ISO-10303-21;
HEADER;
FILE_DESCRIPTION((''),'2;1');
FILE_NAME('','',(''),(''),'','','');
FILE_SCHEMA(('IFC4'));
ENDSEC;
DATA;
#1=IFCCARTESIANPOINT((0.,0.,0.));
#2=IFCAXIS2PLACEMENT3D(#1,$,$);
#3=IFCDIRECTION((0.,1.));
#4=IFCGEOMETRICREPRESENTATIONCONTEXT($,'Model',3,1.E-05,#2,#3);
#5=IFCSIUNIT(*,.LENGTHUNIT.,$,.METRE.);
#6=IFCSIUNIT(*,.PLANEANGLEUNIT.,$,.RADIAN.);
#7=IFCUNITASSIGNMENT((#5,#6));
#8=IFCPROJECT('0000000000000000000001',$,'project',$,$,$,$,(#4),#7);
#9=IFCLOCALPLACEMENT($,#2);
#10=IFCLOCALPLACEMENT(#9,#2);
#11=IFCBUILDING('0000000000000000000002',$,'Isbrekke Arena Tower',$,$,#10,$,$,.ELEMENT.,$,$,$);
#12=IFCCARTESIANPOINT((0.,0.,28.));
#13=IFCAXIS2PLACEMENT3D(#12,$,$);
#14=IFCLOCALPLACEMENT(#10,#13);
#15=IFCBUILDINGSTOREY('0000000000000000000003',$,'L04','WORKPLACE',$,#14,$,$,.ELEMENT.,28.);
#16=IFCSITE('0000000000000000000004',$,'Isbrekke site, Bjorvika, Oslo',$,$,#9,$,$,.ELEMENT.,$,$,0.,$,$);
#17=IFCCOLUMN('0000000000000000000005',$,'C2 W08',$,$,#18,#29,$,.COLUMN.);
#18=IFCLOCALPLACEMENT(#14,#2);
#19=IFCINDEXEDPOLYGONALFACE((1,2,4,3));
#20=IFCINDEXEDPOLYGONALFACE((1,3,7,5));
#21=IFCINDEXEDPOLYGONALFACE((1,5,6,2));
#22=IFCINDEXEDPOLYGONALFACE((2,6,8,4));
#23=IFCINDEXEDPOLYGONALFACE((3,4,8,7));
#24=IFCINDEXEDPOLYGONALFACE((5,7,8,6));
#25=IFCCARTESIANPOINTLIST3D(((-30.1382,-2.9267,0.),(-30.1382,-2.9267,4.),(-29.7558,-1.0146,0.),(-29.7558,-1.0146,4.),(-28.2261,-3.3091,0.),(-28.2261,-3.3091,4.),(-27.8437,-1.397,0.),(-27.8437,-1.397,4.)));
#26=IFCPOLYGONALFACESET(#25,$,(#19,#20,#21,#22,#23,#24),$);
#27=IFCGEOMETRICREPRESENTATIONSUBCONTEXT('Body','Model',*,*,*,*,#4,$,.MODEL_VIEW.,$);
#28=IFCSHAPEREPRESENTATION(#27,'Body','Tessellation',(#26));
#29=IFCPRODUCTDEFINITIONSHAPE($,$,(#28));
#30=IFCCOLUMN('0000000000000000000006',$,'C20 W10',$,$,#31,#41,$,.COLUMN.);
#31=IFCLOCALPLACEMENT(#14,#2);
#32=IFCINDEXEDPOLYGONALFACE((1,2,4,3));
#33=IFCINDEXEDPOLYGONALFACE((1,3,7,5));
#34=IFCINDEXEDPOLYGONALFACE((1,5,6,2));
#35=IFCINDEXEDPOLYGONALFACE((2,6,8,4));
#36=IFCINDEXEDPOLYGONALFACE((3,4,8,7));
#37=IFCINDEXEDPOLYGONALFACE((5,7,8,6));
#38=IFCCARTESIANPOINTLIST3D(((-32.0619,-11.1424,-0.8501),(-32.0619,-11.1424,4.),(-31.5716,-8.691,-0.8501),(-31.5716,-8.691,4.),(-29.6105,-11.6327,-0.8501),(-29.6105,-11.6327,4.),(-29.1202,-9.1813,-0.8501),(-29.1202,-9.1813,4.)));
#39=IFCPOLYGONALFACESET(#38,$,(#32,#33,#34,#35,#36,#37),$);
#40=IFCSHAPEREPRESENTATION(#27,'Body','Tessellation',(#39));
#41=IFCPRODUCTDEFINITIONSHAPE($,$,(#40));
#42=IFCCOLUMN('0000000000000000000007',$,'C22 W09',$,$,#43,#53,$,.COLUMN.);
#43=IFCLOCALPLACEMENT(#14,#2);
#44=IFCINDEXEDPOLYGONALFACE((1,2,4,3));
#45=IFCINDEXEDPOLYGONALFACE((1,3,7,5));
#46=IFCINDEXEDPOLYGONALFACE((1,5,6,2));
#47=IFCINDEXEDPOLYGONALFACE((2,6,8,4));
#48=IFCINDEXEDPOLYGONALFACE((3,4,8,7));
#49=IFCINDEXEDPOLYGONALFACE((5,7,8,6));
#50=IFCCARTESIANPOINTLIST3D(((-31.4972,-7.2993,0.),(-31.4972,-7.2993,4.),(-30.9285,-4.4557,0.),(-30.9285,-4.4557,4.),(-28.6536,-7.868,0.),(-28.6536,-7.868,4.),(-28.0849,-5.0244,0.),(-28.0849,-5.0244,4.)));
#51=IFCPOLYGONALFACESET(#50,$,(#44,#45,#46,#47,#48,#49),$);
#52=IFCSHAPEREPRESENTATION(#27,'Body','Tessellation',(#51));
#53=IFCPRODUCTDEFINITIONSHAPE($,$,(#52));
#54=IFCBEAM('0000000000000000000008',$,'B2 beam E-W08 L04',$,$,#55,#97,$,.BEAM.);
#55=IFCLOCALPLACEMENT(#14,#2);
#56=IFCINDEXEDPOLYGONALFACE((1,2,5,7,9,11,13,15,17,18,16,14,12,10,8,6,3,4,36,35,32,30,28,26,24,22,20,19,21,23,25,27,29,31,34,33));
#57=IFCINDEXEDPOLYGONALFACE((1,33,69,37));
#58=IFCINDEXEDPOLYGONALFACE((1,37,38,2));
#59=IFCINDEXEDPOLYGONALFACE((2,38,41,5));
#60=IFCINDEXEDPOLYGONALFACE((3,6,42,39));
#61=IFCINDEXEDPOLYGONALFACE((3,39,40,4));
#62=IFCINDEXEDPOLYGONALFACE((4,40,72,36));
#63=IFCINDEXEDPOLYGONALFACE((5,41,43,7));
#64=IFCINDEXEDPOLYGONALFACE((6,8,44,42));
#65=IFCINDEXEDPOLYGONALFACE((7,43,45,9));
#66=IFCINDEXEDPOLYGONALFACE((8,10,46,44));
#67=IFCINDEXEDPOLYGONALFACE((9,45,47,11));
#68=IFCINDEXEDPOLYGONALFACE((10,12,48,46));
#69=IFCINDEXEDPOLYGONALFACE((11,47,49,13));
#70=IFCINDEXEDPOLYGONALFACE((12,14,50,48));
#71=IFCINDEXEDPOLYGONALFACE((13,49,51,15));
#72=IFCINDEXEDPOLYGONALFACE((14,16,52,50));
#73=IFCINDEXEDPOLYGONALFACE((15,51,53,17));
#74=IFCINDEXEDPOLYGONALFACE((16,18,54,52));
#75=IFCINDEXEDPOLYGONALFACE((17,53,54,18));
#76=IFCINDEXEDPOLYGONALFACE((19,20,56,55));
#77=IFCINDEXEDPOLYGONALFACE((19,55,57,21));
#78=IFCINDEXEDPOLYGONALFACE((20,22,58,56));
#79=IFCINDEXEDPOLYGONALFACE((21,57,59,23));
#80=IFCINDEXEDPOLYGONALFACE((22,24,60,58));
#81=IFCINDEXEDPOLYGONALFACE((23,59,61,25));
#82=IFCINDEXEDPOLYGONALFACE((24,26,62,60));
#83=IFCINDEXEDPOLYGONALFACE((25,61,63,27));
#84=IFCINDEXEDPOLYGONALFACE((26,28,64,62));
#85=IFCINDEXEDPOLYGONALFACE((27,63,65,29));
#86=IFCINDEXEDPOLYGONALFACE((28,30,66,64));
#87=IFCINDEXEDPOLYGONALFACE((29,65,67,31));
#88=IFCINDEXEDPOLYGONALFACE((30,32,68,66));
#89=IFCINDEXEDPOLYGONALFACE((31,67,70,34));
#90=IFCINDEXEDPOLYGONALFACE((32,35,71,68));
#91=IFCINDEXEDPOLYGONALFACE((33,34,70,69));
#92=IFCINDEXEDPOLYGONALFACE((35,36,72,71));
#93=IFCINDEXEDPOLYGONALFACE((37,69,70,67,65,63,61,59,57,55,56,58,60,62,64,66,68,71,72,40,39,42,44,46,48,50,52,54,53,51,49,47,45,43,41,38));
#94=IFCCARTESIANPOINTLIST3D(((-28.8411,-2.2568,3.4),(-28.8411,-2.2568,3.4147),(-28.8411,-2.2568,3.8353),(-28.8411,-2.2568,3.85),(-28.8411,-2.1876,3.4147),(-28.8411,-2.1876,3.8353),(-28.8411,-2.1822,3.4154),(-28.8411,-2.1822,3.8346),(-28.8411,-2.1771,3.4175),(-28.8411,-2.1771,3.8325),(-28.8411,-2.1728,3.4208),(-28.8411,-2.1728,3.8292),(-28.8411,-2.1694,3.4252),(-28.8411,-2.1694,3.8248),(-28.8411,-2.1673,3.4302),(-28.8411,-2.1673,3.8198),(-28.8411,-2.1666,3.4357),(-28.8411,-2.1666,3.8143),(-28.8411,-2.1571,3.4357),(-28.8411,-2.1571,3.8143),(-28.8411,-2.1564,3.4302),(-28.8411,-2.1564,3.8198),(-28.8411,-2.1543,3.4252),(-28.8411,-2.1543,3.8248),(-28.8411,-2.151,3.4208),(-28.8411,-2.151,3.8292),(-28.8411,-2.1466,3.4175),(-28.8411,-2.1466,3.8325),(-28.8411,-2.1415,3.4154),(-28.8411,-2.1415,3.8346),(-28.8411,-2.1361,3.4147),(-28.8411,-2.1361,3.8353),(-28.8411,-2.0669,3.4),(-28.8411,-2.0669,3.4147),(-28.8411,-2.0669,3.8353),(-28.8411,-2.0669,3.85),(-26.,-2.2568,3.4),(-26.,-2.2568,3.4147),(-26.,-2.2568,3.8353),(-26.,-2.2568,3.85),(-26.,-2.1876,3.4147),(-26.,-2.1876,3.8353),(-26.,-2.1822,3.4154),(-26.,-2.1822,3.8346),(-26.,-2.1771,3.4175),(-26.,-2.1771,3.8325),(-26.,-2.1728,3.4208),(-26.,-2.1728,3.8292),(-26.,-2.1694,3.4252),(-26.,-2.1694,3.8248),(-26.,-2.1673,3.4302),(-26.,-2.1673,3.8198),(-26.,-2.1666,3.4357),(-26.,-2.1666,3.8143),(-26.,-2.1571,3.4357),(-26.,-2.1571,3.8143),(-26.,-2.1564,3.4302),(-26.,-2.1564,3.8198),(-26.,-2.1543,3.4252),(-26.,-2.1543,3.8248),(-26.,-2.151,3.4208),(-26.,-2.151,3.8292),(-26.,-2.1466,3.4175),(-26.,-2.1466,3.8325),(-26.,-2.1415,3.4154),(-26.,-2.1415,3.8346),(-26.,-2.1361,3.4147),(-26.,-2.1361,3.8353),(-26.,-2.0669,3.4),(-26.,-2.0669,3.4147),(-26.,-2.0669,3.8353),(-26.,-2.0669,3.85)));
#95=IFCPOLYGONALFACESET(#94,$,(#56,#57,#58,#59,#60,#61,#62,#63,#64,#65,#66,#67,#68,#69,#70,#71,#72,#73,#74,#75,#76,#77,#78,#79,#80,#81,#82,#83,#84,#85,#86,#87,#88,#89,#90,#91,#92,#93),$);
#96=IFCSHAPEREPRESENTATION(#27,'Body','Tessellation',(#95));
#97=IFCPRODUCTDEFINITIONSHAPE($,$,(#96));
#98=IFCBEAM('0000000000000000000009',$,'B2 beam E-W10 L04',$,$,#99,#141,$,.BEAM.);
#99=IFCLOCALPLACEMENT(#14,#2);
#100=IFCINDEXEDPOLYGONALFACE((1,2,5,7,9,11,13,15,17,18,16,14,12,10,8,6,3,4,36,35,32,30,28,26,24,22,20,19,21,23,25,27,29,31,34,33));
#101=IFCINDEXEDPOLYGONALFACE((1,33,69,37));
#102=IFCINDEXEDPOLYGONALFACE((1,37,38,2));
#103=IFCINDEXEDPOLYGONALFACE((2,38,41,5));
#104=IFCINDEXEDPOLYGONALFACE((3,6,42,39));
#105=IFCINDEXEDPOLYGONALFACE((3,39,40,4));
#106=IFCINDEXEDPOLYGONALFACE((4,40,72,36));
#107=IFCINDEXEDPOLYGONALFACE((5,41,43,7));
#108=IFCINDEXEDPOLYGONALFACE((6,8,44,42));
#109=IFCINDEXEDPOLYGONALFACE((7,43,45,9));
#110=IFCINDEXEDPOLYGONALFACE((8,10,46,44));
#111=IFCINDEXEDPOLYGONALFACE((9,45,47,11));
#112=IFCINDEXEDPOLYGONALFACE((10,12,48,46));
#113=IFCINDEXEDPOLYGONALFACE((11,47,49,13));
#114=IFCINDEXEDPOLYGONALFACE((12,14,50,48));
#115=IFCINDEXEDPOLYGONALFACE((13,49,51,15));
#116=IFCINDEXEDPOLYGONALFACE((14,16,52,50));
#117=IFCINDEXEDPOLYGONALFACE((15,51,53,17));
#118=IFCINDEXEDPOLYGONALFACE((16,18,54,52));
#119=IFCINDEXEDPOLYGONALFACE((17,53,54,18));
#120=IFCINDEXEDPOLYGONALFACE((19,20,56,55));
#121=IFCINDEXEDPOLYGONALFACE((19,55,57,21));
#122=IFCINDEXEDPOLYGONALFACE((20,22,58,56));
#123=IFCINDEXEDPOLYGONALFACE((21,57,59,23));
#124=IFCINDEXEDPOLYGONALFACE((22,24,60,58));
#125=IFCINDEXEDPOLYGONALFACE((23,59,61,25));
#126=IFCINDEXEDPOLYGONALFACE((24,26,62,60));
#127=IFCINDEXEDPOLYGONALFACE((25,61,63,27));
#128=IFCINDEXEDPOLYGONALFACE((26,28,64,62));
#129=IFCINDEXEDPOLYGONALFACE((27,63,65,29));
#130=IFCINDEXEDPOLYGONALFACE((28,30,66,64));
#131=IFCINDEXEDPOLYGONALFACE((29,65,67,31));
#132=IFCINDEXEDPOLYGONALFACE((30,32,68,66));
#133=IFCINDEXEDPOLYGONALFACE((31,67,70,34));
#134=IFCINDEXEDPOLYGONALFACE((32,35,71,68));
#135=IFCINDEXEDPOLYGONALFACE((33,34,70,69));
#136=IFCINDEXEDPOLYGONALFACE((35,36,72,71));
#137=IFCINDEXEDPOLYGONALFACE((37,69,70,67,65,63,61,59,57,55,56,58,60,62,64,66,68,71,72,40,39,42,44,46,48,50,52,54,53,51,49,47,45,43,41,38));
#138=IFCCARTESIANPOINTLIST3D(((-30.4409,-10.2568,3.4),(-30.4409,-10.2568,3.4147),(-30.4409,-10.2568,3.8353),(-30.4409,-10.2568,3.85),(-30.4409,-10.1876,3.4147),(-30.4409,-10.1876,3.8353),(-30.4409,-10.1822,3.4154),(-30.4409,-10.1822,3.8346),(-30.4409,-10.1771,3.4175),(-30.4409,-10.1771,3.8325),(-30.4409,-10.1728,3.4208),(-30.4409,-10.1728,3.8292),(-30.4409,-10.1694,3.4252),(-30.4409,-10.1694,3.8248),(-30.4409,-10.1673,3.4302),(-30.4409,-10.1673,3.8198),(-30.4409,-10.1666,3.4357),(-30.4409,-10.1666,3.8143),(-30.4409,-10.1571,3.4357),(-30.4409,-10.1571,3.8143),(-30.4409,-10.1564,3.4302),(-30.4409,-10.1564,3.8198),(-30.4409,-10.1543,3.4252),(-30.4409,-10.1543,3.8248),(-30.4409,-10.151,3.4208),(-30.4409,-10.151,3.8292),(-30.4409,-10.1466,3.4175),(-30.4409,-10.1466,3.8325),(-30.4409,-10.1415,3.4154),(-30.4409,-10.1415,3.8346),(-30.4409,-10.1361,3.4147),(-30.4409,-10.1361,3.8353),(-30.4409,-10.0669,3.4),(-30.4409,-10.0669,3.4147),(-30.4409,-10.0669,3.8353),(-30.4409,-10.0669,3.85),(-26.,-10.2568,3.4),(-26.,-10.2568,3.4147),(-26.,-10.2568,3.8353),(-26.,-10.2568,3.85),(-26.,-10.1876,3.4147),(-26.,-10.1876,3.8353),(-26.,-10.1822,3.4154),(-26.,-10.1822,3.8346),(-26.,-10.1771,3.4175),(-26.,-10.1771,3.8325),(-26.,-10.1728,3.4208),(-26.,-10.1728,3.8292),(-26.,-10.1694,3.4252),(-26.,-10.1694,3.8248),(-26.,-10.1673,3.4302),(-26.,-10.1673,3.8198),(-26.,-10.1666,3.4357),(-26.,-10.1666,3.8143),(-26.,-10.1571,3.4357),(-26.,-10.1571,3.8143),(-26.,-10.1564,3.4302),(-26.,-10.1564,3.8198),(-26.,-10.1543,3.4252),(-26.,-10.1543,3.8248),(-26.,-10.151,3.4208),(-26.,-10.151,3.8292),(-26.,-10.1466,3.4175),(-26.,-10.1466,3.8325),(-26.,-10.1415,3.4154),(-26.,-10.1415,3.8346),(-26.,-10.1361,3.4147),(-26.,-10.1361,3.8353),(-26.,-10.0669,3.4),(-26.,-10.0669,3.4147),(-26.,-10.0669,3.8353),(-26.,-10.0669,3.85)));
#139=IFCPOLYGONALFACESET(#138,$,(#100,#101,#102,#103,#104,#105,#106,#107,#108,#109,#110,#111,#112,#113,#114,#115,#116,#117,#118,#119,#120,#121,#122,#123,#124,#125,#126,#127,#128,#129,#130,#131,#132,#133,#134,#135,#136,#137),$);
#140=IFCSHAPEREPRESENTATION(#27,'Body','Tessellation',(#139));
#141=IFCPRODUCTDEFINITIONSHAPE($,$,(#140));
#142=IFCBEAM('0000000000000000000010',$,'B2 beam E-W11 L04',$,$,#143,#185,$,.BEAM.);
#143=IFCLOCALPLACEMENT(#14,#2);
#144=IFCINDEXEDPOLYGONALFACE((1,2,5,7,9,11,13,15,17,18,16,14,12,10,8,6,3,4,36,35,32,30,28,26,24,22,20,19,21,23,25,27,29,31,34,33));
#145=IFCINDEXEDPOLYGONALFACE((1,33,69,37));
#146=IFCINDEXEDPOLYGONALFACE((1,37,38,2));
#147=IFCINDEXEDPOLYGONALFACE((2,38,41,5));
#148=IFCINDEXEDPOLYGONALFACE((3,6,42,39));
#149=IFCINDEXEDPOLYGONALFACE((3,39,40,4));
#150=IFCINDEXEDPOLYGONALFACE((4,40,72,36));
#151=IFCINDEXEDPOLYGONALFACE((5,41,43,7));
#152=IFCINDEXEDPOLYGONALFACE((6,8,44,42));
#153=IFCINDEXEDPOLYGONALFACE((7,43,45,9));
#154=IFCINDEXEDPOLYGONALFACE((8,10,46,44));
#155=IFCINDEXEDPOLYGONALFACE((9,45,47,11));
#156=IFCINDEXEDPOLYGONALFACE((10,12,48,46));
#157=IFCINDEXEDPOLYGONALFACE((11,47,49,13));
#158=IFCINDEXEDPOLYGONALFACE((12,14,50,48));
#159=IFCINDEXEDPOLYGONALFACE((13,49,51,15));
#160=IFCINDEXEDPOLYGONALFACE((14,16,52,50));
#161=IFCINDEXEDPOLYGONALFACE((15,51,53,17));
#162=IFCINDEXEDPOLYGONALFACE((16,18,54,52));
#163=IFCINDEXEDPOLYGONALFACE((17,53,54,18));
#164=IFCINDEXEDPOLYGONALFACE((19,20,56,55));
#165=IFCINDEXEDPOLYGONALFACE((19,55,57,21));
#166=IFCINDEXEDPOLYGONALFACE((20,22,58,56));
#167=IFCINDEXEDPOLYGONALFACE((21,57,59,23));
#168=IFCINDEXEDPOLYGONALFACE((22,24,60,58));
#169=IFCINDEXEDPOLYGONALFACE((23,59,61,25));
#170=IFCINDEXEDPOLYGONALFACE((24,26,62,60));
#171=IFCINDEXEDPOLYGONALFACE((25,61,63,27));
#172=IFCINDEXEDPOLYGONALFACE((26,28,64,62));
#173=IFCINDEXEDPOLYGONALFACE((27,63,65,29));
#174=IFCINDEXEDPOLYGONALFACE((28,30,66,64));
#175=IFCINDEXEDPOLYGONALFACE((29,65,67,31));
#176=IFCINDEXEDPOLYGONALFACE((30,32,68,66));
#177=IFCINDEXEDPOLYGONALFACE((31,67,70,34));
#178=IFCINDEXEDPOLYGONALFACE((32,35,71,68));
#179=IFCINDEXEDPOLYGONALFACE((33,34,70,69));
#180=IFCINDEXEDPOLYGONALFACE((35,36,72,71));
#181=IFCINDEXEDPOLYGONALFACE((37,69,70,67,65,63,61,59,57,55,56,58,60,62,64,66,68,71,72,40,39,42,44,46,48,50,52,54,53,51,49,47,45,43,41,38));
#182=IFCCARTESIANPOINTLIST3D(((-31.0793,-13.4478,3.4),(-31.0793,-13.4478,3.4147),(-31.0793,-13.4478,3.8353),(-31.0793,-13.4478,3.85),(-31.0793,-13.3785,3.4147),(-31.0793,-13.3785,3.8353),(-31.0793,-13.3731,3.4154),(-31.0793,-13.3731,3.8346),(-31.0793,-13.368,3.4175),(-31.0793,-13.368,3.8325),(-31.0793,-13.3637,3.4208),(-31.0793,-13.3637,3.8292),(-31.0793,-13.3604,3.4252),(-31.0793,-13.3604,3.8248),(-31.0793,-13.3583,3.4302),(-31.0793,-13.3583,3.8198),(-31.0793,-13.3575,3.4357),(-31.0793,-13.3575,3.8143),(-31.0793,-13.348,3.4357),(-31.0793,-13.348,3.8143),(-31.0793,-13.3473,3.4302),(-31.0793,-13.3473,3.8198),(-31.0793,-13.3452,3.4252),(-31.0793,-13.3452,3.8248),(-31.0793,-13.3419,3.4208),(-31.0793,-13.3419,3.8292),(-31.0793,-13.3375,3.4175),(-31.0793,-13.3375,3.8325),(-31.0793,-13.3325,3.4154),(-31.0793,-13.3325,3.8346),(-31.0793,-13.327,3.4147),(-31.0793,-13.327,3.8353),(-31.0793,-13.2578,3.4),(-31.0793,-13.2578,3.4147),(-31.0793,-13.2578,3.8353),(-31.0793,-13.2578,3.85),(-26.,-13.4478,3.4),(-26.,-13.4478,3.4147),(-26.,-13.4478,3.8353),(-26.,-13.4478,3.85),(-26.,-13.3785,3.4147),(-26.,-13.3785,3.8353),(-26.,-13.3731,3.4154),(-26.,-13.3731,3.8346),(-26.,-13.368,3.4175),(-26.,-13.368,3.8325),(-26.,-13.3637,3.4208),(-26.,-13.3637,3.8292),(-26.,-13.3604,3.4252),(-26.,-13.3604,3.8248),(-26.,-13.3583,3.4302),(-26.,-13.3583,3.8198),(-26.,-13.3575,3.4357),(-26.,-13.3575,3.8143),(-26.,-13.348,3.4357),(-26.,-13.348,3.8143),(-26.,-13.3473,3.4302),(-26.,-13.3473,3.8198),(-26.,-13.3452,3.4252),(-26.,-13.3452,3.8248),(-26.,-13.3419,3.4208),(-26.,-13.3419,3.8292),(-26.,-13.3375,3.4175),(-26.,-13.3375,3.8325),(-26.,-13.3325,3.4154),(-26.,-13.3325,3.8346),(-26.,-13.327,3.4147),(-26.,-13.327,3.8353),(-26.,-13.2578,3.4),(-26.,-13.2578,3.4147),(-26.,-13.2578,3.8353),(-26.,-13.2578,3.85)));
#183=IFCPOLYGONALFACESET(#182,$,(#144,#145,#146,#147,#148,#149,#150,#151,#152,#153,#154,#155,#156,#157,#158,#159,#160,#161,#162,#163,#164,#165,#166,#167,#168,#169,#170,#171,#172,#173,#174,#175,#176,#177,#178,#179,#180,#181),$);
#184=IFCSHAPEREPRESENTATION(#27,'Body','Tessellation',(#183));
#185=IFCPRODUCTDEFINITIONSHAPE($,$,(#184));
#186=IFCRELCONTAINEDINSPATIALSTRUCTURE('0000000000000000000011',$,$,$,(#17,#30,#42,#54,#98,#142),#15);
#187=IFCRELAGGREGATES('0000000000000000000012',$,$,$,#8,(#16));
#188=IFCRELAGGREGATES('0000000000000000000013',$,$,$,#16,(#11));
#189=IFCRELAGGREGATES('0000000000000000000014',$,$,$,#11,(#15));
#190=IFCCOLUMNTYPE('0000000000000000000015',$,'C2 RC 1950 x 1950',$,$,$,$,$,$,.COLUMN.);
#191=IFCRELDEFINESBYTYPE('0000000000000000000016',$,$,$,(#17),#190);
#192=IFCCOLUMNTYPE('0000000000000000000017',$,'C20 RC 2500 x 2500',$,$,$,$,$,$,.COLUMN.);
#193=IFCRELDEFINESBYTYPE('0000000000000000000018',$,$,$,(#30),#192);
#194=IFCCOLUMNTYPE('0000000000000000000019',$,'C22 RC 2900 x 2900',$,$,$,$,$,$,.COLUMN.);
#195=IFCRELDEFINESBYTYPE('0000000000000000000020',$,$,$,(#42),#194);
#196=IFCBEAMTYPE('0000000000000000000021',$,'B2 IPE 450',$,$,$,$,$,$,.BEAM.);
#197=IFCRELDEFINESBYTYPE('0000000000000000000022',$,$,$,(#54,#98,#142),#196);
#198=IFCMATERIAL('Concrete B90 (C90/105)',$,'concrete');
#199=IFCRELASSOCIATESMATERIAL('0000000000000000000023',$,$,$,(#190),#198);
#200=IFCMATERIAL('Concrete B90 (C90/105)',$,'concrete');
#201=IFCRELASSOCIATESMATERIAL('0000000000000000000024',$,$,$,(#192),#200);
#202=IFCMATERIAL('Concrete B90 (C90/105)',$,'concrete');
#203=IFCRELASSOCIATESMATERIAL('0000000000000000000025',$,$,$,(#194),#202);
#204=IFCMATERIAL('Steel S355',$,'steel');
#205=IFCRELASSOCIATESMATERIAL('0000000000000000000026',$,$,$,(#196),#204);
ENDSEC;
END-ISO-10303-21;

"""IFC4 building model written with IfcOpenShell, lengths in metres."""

from ifc_helpers import new_model, si_unit, direction, frame, origin, origin_2d, place, context, subcontext, project, spatial, rectangle, i_section, extrude, material, material_profile, profile_set, type_object, element, save


model = new_model("IFC4")

# Units and contexts
model_context = context("Model", 3, precision=1e-05, world=origin(), true_north=direction((0.0, 1.0)))
body_context = subcontext(model_context, "Body", "Model", "MODEL_VIEW")
ifc_project = project(units=[si_unit("LENGTHUNIT", "METRE"), si_unit("PLANEANGLEUNIT", "RADIAN")], contexts=[model_context])

# Site, building, storey
site_placement = place(None, origin())
site = spatial("IfcSite", under=ifc_project, at=site_placement, Name="Isbrekke site, Bjorvika, Oslo", CompositionType="ELEMENT", RefElevation=0.0)
building_placement = place(site_placement, origin())
building = spatial("IfcBuilding", under=site, at=building_placement, Name="Isbrekke Arena Tower", CompositionType="ELEMENT")
storey_placement = place(building_placement, frame((0.0, 0.0, 28.0)))
storey = spatial("IfcBuildingStorey", under=building, at=storey_placement, Name="L04", Description="WORKPLACE", CompositionType="ELEMENT", Elevation=28.0)

# Columns
ifc_material_1 = material(Name="Concrete B90 (C90/105)", Category="concrete")
ifc_material_profile_1 = material_profile(ifc_material_1, rectangle(XDim=1.95, YDim=1.95, at=origin_2d()), Name="RC 1950x1950")
ifc_profile_set_1 = profile_set([ifc_material_profile_1], Name="Concrete B90 (C90/105)")
column_type_1 = type_object("IfcColumnType", Name="C2 RC 1950 x 1950", PredefinedType="COLUMN", material=ifc_profile_set_1)
column_1_placement = place(storey_placement, frame((-28.991, -2.1619, 0.0), z_axis=(0.0, 0.0, 1.0), x_axis=(-0.196116, -0.980581, 0.0)))
element("IfcColumn", 1, at=column_1_placement, inside=storey, type_object=column_type_1, Name="C2 W08", PredefinedType="COLUMN", context=body_context, shape_type="SweptSolid", body=[
    extrude(rectangle(XDim=1.95, YDim=1.95, at=origin_2d()), origin(), (0.0, 0.0, 1.0), 4.0),
])
ifc_material_2 = material(Name="Concrete B90 (C90/105)", Category="concrete")
ifc_material_profile_2 = material_profile(ifc_material_2, rectangle(XDim=2.5, YDim=2.5, at=origin_2d()), Name="RC 2500x2500")
ifc_profile_set_2 = profile_set([ifc_material_profile_2], Name="Concrete B90 (C90/105)")
column_type_2 = type_object("IfcColumnType", Name="C20 RC 2500 x 2500", PredefinedType="COLUMN", material=ifc_profile_set_2)
column_2_placement = place(storey_placement, frame((-30.5911, -10.1619, -0.8501), z_axis=(0.0, 0.0, 1.0), x_axis=(-0.196116, -0.980581, 0.0)))
element("IfcColumn", 2, at=column_2_placement, inside=storey, type_object=column_type_2, Name="C20 W10", PredefinedType="COLUMN", context=body_context, shape_type="SweptSolid", body=[
    extrude(rectangle(XDim=2.5, YDim=2.5, at=origin_2d()), origin(), (0.0, 0.0, 1.0), 4.8501),
])
ifc_material_3 = material(Name="Concrete B90 (C90/105)", Category="concrete")
ifc_material_profile_3 = material_profile(ifc_material_3, rectangle(XDim=2.8999, YDim=2.8999, at=origin_2d()), Name="RC 2900x2900")
ifc_profile_set_3 = profile_set([ifc_material_profile_3], Name="Concrete B90 (C90/105)")
column_type_3 = type_object("IfcColumnType", Name="C22 RC 2900 x 2900", PredefinedType="COLUMN", material=ifc_profile_set_3)
column_3_placement = place(storey_placement, frame((-29.791, -6.1619, 0.0), z_axis=(0.0, 0.0, 1.0), x_axis=(-0.196116, -0.980581, 0.0)))
element("IfcColumn", 3, at=column_3_placement, inside=storey, type_object=column_type_3, Name="C22 W09", PredefinedType="COLUMN", context=body_context, shape_type="SweptSolid", body=[
    extrude(rectangle(XDim=2.8999, YDim=2.8999, at=origin_2d()), origin(), (0.0, 0.0, 1.0), 4.0),
])

# Beams
ifc_material_4 = material(Name="Steel S355", Category="steel")
ifc_material_profile_4 = material_profile(ifc_material_4, i_section(OverallWidth=0.1899, OverallDepth=0.45, WebThickness=0.0095, FlangeThickness=0.0146, FilletRadius=0.021, at=origin_2d()), Name="IPE 450")
ifc_profile_set_4 = profile_set([ifc_material_profile_4], Name="Steel S355")
beam_type_1 = type_object("IfcBeamType", Name="B2 IPE 450", PredefinedType="BEAM", material=ifc_profile_set_4)
beam_1_placement = place(storey_placement, frame((-28.8411, -2.1619, 3.625), z_axis=(1.0, 0.0, 0.0), x_axis=(0.0, 1.0, 0.0)))
element("IfcBeam", 4, at=beam_1_placement, inside=storey, type_object=beam_type_1, Name="B2 beam E-W08 L04", PredefinedType="BEAM", context=body_context, shape_type="SweptSolid", body=[
    extrude(i_section(OverallWidth=0.1899, OverallDepth=0.45, WebThickness=0.0095, FlangeThickness=0.0146, FilletRadius=0.021, at=origin_2d()), origin(), (0.0, 0.0, 1.0), 2.8411),
])
beam_2_placement = place(storey_placement, frame((-30.4409, -10.1619, 3.625), z_axis=(1.0, 0.0, 0.0), x_axis=(0.0, 1.0, 0.0)))
element("IfcBeam", 5, at=beam_2_placement, inside=storey, type_object=beam_type_1, Name="B2 beam E-W10 L04", PredefinedType="BEAM", context=body_context, shape_type="SweptSolid", body=[
    extrude(i_section(OverallWidth=0.1899, OverallDepth=0.45, WebThickness=0.0095, FlangeThickness=0.0146, FilletRadius=0.021, at=origin_2d()), origin(), (0.0, 0.0, 1.0), 4.4409),
])
beam_3_placement = place(storey_placement, frame((-31.0793, -13.3528, 3.625), z_axis=(1.0, 0.0, 0.0), x_axis=(0.0, 1.0, 0.0)))
element("IfcBeam", 6, at=beam_3_placement, inside=storey, type_object=beam_type_1, Name="B2 beam E-W11 L04", PredefinedType="BEAM", context=body_context, shape_type="SweptSolid", body=[
    extrude(i_section(OverallWidth=0.1899, OverallDepth=0.45, WebThickness=0.0095, FlangeThickness=0.0146, FilletRadius=0.021, at=origin_2d()), origin(), (0.0, 0.0, 1.0), 5.0793),
])

save(model, "model.ifc")
